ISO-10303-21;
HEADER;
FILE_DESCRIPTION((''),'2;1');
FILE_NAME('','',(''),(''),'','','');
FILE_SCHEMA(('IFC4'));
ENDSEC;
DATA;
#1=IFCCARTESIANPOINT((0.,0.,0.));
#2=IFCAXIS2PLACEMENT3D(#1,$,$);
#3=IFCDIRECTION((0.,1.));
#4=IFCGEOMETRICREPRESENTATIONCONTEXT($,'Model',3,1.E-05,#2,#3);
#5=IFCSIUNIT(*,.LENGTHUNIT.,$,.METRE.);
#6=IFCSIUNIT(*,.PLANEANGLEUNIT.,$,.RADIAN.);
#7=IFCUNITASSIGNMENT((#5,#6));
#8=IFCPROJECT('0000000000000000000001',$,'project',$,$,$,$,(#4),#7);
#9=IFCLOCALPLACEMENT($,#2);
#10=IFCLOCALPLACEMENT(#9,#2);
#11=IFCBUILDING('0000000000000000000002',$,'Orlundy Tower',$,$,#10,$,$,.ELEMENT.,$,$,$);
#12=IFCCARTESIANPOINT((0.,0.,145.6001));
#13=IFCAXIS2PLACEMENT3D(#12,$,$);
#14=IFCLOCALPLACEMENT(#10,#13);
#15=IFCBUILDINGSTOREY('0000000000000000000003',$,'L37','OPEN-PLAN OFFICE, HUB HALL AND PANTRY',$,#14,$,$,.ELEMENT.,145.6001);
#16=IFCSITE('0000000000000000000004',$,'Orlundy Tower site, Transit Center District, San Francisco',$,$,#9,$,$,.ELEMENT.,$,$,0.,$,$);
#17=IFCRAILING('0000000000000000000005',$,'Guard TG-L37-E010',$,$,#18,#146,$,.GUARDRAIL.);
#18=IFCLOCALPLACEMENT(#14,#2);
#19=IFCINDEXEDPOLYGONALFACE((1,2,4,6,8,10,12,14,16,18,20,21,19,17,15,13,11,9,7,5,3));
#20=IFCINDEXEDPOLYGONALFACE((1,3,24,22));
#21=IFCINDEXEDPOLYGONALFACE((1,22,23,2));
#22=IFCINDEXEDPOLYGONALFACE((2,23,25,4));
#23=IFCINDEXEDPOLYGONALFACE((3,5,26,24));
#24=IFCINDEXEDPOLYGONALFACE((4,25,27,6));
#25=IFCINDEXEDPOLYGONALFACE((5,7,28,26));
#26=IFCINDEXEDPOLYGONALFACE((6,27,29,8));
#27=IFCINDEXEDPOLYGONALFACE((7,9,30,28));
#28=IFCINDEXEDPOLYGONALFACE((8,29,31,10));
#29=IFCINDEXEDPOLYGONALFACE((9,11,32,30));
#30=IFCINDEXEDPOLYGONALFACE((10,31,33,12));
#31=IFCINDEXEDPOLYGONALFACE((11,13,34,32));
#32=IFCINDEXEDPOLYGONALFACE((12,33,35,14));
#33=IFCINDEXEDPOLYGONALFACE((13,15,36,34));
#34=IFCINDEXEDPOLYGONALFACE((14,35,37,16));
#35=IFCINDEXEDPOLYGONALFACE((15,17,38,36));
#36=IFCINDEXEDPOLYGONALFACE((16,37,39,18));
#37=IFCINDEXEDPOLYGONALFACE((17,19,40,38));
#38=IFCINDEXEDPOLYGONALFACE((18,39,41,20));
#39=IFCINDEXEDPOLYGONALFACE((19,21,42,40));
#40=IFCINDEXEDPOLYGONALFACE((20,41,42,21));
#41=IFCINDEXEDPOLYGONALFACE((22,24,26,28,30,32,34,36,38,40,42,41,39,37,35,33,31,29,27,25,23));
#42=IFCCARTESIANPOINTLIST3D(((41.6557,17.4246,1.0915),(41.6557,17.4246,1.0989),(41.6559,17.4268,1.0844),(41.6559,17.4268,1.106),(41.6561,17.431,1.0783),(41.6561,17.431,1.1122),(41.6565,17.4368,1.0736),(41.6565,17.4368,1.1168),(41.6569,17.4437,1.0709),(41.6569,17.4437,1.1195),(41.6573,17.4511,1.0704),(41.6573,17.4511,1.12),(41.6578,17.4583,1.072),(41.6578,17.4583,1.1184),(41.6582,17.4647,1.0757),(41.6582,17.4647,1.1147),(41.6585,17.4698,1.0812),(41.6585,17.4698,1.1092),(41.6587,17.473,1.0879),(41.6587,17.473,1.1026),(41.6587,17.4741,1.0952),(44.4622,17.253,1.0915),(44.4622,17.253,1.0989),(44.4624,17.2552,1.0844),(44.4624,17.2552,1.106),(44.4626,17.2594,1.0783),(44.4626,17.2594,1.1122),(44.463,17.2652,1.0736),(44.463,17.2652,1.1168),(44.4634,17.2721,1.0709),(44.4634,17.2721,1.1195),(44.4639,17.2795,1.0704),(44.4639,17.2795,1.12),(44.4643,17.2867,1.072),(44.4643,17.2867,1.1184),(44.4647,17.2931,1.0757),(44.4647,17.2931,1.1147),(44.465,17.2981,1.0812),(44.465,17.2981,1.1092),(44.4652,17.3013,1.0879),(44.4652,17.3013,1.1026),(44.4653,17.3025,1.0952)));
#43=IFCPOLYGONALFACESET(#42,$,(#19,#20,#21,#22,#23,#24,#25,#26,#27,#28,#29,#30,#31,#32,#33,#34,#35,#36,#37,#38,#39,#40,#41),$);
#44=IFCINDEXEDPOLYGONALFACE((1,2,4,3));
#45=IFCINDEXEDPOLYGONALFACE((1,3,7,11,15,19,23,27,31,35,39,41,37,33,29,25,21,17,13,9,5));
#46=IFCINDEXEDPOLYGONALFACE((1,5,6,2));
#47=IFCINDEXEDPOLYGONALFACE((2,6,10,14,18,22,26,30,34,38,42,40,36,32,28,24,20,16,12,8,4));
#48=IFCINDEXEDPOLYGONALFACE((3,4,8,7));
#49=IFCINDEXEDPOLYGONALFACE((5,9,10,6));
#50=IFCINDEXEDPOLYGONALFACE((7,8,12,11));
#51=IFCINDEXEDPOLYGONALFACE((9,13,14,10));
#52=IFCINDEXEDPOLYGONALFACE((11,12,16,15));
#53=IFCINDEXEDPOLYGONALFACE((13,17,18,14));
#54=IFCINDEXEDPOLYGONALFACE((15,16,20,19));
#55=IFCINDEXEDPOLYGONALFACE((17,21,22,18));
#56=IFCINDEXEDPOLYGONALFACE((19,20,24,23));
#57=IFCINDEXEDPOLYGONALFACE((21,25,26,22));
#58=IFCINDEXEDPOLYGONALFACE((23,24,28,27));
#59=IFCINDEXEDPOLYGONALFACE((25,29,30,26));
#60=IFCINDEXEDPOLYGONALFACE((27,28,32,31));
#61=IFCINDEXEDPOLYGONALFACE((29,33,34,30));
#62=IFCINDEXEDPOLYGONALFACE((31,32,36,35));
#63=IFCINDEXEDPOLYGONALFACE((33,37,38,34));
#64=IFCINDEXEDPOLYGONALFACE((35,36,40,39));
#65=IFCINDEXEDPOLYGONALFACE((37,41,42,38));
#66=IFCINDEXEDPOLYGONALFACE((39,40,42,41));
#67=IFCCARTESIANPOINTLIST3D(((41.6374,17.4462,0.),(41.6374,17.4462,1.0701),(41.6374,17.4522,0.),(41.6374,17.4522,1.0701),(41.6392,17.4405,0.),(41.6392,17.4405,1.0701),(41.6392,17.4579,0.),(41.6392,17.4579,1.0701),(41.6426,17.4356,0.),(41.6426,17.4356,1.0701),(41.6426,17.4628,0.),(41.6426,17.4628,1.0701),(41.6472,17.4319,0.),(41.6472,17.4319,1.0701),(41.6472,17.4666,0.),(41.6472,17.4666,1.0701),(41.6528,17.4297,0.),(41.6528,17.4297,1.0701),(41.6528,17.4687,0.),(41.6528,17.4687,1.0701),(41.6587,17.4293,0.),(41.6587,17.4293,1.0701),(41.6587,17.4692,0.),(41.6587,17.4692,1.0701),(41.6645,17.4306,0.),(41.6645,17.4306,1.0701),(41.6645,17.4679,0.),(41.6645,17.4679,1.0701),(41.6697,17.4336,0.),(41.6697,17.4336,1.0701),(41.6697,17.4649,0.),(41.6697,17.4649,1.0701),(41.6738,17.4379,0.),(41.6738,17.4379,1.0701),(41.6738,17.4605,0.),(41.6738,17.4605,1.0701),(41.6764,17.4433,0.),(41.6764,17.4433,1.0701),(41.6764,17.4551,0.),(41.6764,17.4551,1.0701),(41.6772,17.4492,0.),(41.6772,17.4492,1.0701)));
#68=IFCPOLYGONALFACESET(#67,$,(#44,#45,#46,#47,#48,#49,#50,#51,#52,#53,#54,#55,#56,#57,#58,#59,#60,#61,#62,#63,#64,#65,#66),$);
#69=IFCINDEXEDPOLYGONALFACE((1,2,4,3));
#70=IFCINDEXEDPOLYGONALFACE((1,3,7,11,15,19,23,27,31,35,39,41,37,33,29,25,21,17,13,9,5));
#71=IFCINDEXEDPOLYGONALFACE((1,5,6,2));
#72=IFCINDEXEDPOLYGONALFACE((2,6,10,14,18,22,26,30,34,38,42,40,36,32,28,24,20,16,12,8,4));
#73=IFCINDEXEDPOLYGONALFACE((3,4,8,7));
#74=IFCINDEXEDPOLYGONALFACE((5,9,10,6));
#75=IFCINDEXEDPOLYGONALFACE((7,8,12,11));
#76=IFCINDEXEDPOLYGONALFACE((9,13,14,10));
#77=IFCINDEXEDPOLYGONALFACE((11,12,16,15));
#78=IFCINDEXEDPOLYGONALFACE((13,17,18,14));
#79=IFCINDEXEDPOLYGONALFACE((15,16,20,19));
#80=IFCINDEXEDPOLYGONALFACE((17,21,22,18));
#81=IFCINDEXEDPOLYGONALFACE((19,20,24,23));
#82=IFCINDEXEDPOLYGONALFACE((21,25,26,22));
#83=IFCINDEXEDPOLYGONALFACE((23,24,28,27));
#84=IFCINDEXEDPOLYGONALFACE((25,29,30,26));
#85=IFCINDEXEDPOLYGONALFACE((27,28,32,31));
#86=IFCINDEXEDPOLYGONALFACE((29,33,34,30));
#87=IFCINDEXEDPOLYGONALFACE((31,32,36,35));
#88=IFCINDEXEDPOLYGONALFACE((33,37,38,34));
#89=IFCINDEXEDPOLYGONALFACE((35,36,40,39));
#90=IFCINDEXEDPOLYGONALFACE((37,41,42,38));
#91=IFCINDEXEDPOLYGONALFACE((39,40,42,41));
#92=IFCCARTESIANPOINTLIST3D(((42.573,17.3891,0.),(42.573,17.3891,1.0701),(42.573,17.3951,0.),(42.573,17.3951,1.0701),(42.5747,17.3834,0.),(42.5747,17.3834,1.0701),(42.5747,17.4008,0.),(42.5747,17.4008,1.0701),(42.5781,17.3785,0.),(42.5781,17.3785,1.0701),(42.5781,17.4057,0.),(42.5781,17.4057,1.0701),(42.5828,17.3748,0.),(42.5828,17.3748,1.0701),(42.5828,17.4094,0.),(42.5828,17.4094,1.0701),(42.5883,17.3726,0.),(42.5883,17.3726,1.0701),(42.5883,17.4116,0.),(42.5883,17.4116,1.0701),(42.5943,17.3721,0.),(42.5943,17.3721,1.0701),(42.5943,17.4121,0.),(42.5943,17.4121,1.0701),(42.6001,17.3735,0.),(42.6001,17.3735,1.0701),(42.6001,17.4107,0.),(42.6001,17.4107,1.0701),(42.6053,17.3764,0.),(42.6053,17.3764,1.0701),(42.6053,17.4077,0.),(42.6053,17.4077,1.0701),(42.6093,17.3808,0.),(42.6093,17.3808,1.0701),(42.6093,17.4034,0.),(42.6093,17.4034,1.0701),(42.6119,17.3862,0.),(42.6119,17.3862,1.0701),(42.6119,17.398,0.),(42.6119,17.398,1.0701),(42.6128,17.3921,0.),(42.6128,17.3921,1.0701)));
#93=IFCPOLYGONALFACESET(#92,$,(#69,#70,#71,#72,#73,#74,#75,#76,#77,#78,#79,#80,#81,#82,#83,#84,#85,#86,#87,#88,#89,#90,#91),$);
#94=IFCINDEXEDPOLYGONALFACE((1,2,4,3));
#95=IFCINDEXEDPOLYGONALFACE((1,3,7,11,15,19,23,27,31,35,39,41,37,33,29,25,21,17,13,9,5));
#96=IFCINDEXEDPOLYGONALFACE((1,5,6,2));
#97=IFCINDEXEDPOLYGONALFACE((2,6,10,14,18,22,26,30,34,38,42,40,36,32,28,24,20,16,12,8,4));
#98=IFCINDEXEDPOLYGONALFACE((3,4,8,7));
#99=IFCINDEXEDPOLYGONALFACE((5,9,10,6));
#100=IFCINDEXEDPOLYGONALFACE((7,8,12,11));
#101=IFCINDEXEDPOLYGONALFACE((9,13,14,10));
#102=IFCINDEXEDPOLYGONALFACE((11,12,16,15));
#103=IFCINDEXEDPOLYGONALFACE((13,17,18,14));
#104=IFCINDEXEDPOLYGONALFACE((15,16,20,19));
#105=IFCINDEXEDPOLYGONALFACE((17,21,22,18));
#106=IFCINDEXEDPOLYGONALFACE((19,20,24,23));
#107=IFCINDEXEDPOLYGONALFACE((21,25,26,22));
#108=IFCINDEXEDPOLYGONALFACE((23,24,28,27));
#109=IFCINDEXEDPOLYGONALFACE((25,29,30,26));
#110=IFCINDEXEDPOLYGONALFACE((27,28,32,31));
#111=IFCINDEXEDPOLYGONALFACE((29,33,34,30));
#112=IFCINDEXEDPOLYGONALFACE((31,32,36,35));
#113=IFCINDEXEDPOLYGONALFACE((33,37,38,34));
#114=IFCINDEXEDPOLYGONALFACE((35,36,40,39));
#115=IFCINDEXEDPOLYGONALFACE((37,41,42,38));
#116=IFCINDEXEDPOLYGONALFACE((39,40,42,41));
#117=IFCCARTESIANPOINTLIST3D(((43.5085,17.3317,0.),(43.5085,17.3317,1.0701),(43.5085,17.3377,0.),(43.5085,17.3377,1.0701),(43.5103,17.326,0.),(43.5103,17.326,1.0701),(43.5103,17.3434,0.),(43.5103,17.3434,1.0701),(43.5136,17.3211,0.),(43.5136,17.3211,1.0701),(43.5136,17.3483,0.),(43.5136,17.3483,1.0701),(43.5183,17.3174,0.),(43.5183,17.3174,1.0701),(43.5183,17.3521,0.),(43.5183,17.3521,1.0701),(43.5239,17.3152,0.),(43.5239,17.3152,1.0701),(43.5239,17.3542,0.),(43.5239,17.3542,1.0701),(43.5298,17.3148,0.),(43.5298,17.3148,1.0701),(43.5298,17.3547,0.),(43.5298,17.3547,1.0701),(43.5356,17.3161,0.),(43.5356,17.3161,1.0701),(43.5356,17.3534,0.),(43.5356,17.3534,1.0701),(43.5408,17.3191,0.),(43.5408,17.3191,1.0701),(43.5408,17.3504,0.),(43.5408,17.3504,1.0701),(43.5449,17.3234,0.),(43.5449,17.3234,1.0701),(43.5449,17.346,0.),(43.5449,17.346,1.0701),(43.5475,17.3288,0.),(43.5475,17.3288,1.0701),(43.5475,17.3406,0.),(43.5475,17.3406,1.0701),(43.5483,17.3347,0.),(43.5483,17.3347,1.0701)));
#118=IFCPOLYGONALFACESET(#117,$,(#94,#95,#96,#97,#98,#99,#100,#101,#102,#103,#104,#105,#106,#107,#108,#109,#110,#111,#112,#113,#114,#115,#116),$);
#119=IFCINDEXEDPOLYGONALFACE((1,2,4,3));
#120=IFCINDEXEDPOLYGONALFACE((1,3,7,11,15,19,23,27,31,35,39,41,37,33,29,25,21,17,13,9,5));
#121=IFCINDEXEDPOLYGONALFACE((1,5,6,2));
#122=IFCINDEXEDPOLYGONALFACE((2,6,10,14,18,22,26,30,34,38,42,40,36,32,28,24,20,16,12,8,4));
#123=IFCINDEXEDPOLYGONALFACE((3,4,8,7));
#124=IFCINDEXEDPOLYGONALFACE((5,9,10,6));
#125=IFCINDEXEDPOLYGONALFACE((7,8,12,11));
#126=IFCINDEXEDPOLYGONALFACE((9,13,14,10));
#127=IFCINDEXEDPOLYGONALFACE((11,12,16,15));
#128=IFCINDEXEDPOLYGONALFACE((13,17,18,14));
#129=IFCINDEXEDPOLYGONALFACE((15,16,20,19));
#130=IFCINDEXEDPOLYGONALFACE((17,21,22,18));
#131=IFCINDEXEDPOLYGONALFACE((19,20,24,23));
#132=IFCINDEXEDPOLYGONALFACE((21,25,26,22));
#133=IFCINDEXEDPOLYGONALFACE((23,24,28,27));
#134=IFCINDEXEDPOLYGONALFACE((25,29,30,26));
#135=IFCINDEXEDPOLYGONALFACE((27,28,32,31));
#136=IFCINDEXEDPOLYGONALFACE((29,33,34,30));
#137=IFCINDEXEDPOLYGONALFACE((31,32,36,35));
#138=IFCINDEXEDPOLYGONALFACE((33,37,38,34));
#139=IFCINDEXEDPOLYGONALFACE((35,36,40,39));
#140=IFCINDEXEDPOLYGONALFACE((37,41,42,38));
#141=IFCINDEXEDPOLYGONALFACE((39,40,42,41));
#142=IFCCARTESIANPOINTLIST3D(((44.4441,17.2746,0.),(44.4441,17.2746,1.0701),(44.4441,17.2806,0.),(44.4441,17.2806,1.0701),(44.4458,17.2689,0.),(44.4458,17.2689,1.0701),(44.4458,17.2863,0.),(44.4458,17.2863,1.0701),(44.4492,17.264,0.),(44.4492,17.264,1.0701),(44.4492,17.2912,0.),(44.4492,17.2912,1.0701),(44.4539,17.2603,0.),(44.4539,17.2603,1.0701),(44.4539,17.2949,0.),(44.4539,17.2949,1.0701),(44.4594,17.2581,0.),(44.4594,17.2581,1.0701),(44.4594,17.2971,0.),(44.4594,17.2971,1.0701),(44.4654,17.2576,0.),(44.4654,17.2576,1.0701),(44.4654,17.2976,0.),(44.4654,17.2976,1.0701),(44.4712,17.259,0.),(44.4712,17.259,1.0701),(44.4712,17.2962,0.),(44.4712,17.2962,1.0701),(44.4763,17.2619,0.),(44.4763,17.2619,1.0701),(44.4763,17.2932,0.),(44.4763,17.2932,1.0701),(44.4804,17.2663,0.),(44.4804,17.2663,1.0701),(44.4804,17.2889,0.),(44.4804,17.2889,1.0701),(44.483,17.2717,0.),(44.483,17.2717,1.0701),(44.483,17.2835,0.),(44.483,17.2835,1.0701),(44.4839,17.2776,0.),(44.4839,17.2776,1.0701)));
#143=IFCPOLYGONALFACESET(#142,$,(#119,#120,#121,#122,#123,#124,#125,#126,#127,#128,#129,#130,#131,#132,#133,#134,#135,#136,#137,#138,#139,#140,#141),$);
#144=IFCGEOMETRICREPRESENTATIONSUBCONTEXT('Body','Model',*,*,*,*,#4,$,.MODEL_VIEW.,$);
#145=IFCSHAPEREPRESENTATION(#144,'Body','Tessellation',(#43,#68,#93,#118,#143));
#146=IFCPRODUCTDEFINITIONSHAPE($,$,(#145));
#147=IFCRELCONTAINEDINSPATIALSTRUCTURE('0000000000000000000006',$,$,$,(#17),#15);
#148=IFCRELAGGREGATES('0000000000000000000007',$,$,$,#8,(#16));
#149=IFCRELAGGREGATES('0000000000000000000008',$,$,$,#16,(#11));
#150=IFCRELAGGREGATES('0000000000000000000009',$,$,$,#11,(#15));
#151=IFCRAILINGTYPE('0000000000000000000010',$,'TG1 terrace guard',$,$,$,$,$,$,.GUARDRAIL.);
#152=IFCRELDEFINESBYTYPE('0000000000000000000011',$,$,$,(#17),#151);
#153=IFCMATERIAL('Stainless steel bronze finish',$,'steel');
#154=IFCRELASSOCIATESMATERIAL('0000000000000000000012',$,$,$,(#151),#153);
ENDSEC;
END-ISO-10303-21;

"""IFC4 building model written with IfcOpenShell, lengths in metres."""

from ifc_helpers import new_model, si_unit, direction, frame, origin, origin_2d, place, context, subcontext, project, spatial, circle, extrude, material, type_object, element, save


model = new_model("IFC4")

# Units and contexts
model_context = context("Model", 3, precision=1e-05, world=origin(), true_north=direction((0.0, 1.0)))
body_context = subcontext(model_context, "Body", "Model", "MODEL_VIEW")
ifc_project = project(units=[si_unit("LENGTHUNIT", "METRE"), si_unit("PLANEANGLEUNIT", "RADIAN")], contexts=[model_context])

# Site, building, storey
site_placement = place(None, origin())
site = spatial("IfcSite", under=ifc_project, at=site_placement, Name="Orlundy Tower site, Transit Center District, San Francisco", CompositionType="ELEMENT", RefElevation=0.0)
building_placement = place(site_placement, origin())
building = spatial("IfcBuilding", under=site, at=building_placement, Name="Orlundy Tower", CompositionType="ELEMENT")
storey_placement = place(building_placement, frame((0.0, 0.0, 145.6001)))
storey = spatial("IfcBuildingStorey", under=building, at=storey_placement, Name="L37", Description="OPEN-PLAN OFFICE, HUB HALL AND PANTRY", CompositionType="ELEMENT", Elevation=145.6001)

# Railing
ifc_material_1 = material(Name="Stainless steel bronze finish", Category="steel")
railing_type = type_object("IfcRailingType", Name="TG1 terrace guard", PredefinedType="GUARDRAIL", material=ifc_material_1)
railing_1_placement = place(storey_placement, frame((41.6572, 17.4492, 0.0)))
element("IfcRailing", 1, at=railing_1_placement, inside=storey, type_object=railing_type, Name="Guard TG-L37-E010", PredefinedType="GUARDRAIL", context=body_context, shape_type="SweptSolid", body=[
    extrude(circle(Radius=0.0249, at=origin_2d()), frame((0.0, 0.0, 1.0952), z_axis=(0.998135, -0.061038, 0.0), x_axis=(0.061038, 0.998135, 0.0)), (0.0, 0.0, 1.0), 2.8118),
    extrude(circle(Radius=0.02, at=origin_2d()), origin(), (0.0, 0.0, 1.0), 1.0701),
    extrude(circle(Radius=0.02, at=origin_2d()), frame((0.9355, -0.0571, 0.0)), (0.0, 0.0, 1.0), 1.0701),
    extrude(circle(Radius=0.02, at=origin_2d()), frame((1.8711, -0.1145, 0.0)), (0.0, 0.0, 1.0), 1.0701),
    extrude(circle(Radius=0.02, at=origin_2d()), frame((2.8066, -0.1716, 0.0)), (0.0, 0.0, 1.0), 1.0701),
])

save(model, "model.ifc")
